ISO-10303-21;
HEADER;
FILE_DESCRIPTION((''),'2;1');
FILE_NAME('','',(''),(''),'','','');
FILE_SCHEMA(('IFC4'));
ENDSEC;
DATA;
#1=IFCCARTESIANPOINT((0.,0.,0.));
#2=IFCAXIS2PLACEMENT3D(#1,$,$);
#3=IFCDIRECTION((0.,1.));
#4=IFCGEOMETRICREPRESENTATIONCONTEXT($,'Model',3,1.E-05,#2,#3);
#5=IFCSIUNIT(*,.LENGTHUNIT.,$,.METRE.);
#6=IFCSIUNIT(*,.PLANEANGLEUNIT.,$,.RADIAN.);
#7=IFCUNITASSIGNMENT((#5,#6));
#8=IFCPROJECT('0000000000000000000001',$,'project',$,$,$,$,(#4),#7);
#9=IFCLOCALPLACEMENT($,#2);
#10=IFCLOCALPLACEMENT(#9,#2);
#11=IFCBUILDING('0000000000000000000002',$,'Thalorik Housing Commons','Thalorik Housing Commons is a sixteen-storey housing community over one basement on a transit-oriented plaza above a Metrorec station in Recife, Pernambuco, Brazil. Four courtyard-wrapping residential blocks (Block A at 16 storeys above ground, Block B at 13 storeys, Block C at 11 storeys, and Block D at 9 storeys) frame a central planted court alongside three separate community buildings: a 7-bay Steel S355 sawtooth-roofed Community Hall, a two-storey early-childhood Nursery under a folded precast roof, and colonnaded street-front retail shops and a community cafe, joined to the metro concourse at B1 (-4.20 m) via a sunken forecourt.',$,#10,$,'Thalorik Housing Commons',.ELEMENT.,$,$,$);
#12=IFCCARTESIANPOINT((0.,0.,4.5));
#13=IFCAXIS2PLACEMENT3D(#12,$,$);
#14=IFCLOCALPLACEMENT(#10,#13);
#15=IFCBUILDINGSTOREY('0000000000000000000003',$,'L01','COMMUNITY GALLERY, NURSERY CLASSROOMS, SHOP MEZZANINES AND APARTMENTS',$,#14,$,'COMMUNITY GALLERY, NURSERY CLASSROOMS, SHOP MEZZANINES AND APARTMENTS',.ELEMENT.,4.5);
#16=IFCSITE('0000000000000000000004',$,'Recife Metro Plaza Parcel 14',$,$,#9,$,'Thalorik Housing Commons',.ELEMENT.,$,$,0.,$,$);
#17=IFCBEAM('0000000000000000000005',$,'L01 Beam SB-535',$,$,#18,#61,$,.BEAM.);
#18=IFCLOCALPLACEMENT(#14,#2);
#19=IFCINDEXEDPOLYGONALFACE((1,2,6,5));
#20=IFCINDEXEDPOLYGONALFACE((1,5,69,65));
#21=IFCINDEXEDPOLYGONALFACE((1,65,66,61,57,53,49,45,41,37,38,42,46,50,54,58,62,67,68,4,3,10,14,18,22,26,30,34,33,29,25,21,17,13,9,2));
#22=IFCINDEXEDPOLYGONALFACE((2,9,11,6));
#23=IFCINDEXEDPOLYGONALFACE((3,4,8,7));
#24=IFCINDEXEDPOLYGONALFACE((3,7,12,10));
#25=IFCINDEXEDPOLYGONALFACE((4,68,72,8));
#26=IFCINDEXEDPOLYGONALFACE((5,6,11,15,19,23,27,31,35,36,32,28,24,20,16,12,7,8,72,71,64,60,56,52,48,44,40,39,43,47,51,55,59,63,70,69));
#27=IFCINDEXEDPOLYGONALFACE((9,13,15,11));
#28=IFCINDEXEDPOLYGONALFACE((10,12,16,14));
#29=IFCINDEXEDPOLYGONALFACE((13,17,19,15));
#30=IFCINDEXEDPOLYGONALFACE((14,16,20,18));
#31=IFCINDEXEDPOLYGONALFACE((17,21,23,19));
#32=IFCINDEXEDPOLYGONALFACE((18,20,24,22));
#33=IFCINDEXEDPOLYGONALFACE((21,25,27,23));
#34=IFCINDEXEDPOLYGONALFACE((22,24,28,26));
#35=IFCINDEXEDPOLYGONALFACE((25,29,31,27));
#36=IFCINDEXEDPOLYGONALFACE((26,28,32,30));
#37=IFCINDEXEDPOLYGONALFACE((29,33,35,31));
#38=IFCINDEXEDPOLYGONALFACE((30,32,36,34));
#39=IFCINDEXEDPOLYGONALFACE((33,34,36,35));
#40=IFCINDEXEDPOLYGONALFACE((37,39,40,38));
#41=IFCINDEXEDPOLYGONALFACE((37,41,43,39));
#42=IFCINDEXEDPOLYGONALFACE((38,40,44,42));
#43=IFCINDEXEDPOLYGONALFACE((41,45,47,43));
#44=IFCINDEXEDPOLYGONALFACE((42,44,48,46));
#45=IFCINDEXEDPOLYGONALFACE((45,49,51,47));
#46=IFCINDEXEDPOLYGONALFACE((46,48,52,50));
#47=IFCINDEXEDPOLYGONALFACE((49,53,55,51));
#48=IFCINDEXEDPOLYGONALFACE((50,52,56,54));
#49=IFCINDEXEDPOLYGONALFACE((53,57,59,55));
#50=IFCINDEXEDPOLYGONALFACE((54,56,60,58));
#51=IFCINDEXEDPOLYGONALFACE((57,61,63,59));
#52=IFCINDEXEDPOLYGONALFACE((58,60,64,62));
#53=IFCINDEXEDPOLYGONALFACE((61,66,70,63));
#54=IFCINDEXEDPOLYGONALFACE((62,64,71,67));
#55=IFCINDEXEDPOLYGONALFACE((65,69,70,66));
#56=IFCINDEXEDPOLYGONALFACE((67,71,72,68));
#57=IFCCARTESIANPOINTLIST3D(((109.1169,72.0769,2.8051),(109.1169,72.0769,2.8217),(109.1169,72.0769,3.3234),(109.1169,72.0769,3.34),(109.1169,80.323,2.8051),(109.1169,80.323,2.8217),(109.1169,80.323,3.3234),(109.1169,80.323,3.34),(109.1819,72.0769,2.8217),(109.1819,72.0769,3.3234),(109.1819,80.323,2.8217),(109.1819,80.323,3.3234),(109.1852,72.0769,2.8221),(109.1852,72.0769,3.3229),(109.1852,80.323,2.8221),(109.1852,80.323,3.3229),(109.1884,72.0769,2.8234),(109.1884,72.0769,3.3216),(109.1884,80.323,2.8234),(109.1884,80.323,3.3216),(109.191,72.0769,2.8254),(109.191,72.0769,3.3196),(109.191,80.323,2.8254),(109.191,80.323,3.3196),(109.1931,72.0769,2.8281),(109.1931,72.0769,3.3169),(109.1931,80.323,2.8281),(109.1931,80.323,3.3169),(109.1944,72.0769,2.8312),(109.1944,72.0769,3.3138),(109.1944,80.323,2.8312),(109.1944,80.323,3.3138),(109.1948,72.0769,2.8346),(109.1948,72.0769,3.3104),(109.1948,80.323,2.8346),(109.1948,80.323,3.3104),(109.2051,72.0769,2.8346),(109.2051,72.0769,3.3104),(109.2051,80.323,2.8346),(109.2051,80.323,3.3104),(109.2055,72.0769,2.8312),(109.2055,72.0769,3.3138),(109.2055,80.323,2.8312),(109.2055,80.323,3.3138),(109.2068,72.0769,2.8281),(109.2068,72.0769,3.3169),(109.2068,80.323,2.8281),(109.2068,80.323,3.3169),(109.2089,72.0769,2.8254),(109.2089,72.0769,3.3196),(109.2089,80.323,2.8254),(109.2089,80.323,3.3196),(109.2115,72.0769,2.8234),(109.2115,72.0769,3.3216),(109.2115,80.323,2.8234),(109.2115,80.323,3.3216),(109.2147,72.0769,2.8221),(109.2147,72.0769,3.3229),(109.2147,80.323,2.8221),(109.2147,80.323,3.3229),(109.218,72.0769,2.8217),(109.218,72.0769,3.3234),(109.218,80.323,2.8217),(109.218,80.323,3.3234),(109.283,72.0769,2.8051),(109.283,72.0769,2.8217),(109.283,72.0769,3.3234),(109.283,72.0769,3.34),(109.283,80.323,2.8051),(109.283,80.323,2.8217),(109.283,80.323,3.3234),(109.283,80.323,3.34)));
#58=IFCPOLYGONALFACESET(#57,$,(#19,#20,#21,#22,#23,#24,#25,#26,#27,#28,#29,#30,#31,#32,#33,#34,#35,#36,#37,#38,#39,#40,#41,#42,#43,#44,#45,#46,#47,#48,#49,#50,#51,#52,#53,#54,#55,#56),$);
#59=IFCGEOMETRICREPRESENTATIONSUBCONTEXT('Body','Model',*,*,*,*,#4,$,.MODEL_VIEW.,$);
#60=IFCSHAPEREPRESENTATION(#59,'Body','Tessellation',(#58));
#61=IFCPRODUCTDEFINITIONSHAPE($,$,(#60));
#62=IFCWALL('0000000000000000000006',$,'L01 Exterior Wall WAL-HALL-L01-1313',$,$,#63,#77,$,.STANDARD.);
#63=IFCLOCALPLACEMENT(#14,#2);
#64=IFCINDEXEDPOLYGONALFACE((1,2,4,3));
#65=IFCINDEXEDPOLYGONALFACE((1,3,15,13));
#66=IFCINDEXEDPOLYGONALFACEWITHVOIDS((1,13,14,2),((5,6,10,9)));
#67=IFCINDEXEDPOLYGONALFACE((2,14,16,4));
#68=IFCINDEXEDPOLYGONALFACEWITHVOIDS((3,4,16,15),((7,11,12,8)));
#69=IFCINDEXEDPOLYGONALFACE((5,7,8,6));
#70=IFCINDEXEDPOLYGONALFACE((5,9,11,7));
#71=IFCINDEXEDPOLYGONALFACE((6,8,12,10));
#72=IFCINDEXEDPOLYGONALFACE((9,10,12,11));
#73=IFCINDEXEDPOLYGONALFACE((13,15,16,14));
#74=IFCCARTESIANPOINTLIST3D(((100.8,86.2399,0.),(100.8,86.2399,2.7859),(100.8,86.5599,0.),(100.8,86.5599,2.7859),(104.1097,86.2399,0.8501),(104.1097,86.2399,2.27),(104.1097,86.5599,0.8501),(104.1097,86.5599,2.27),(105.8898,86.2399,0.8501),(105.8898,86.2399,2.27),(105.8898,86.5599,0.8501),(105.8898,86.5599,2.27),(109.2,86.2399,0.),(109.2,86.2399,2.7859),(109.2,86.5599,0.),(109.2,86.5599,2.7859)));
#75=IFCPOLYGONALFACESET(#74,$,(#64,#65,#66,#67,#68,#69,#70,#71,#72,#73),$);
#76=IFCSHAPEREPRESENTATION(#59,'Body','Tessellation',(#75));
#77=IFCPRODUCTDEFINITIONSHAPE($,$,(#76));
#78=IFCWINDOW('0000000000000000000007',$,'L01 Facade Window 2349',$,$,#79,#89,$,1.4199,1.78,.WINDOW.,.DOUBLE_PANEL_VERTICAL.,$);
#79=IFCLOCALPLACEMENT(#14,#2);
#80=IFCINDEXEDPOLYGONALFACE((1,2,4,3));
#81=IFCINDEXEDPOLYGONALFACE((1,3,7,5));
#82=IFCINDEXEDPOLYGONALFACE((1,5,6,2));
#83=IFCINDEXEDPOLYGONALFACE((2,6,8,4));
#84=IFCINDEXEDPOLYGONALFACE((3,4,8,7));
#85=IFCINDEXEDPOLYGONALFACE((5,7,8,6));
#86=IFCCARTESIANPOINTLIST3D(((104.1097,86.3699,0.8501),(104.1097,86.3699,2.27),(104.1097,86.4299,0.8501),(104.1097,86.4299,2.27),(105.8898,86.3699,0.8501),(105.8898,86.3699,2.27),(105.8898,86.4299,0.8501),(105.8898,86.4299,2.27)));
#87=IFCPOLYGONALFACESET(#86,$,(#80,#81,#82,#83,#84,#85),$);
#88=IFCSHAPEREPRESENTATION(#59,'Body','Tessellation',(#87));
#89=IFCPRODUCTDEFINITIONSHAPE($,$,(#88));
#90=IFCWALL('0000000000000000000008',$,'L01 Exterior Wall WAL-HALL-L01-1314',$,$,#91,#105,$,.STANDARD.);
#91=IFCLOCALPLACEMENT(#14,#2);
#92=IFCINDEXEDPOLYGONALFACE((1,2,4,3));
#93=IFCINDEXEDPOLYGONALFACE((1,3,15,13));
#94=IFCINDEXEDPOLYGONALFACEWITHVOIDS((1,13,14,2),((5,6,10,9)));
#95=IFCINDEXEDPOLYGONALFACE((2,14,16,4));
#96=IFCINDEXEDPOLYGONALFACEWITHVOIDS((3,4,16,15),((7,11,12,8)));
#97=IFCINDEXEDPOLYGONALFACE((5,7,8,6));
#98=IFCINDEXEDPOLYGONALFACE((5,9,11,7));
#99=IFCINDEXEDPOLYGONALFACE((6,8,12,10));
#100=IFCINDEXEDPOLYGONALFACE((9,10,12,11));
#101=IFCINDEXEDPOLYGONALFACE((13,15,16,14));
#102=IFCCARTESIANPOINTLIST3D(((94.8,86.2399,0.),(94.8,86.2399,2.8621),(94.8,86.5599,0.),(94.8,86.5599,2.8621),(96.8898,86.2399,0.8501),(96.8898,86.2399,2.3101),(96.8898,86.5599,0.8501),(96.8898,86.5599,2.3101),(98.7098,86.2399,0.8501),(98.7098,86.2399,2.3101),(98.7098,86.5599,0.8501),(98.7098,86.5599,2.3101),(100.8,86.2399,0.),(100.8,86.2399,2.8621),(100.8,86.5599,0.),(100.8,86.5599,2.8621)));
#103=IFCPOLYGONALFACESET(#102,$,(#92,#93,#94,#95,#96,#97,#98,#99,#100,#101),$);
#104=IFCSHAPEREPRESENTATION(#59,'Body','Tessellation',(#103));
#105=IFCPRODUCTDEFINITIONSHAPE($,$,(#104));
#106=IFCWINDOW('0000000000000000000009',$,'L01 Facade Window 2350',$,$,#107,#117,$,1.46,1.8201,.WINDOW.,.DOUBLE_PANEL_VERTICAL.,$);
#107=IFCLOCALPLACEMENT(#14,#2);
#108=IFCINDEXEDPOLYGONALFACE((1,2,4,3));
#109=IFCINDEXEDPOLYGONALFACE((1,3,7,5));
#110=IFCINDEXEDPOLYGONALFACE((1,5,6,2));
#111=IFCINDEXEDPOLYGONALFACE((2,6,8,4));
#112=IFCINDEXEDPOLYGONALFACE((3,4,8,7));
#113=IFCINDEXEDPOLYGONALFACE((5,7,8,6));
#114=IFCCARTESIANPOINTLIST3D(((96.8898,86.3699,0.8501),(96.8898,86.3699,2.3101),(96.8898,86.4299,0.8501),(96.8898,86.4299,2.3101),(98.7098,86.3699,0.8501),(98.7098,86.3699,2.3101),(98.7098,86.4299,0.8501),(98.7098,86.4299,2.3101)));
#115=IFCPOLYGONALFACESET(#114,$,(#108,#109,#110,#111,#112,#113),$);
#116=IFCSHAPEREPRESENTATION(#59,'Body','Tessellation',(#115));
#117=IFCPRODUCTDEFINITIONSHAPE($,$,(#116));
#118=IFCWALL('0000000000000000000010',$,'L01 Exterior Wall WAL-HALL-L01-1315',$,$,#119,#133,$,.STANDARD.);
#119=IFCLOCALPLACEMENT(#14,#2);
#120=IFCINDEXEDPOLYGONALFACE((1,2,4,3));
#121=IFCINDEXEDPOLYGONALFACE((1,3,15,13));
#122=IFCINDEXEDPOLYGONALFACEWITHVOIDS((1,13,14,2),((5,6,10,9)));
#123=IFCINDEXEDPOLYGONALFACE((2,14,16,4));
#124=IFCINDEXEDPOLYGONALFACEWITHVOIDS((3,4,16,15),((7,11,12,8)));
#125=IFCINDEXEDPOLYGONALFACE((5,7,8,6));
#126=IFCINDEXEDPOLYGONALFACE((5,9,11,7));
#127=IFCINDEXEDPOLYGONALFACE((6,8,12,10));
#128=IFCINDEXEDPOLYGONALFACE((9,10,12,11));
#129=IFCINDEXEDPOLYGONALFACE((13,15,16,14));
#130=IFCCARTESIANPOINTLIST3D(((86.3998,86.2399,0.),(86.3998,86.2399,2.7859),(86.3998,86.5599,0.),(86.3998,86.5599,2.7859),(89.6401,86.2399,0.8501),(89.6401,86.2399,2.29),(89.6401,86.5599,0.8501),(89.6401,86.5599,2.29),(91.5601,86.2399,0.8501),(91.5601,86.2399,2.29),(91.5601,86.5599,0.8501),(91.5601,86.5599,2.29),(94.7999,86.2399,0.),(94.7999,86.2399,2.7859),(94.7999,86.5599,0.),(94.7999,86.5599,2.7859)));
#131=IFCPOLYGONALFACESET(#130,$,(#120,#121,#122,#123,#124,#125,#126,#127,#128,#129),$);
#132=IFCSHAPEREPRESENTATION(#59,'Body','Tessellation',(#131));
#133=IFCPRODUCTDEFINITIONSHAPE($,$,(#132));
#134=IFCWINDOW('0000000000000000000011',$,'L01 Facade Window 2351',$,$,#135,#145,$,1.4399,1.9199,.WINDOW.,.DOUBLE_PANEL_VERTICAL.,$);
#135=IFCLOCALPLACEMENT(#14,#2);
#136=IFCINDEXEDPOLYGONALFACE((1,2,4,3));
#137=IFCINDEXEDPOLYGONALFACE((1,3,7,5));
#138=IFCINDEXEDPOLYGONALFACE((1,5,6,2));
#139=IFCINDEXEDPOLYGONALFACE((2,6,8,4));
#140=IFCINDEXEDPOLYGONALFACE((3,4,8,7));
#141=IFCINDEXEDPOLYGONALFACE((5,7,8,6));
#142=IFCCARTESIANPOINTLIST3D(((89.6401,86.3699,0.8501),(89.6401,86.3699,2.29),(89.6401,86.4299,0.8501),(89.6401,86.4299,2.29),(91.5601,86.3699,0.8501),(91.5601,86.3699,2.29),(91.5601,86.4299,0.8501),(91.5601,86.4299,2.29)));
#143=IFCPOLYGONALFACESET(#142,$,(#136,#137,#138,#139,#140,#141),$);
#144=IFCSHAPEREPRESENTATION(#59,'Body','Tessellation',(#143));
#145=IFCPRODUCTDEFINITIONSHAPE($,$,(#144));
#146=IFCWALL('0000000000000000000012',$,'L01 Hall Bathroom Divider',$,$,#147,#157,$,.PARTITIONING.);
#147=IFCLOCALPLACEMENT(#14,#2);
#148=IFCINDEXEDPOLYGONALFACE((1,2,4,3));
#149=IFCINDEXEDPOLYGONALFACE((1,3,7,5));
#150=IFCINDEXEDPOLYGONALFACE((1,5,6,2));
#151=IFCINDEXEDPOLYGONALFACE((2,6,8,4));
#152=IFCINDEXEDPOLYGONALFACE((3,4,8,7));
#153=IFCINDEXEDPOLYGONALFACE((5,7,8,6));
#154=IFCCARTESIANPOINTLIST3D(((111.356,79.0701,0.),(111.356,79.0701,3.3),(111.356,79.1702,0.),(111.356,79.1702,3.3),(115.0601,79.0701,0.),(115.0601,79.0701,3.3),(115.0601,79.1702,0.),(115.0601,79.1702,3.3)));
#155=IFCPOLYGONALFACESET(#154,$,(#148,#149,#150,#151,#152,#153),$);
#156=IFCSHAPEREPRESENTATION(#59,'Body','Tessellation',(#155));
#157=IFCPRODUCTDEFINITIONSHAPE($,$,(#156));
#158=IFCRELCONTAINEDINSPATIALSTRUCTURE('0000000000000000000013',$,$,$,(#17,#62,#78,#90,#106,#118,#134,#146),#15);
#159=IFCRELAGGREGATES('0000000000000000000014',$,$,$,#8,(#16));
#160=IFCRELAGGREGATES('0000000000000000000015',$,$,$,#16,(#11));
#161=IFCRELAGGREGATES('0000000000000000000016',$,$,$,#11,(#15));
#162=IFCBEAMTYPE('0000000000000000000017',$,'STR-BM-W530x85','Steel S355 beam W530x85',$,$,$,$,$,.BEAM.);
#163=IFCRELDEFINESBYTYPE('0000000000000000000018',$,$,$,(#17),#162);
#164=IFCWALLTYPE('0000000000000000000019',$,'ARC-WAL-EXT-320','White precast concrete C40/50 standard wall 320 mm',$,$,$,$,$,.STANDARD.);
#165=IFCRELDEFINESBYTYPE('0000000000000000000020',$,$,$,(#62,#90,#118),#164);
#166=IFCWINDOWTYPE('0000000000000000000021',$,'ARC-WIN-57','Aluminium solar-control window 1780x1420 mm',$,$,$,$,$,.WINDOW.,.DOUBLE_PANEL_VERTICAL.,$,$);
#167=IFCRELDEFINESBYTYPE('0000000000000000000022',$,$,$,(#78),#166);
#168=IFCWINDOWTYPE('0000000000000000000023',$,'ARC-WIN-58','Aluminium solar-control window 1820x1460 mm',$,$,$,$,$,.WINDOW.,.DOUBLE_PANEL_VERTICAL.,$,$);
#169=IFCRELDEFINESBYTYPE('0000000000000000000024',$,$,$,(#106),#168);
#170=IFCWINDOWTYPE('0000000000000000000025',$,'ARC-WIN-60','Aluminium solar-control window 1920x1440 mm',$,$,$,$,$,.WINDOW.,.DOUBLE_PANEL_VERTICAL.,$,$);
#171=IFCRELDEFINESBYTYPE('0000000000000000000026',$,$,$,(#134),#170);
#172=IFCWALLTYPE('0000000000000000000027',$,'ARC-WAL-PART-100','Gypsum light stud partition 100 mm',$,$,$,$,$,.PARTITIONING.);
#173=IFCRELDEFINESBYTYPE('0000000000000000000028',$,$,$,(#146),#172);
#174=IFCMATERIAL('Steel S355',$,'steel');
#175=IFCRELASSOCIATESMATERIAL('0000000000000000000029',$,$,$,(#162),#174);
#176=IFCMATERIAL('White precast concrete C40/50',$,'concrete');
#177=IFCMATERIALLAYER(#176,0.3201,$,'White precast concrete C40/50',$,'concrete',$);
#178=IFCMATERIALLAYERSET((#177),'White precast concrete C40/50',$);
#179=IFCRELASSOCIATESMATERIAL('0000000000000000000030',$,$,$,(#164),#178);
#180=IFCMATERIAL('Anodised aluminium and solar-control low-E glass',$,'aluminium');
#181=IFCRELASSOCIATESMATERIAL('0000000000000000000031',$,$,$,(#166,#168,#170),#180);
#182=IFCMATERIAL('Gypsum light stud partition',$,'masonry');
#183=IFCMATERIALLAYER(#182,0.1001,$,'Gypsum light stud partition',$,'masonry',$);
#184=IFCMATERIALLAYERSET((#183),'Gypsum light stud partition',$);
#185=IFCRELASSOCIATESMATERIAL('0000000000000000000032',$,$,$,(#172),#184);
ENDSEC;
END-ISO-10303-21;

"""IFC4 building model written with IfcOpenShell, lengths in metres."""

from ifc_helpers import new_model, si_unit, direction, frame, frame_2d, origin, origin_2d, place, context, subcontext, project, spatial, rectangle, i_section, extrude, material, layer, layer_set, material_profile, profile_set, type_object, element, fill, save


model = new_model("IFC4")

# Units and contexts
model_context = context("Model", 3, precision=1e-05, world=origin(), true_north=direction((0.0, 1.0)))
body_context = subcontext(model_context, "Body", "Model", "MODEL_VIEW")
ifc_project = project(units=[si_unit("LENGTHUNIT", "METRE"), si_unit("PLANEANGLEUNIT", "RADIAN")], contexts=[model_context])

# Site, building, storey
site_placement = place(None, origin())
site = spatial("IfcSite", under=ifc_project, at=site_placement, Name="Recife Metro Plaza Parcel 14", LongName="Thalorik Housing Commons", CompositionType="ELEMENT", RefElevation=0.0)
building_placement = place(site_placement, origin())
building = spatial("IfcBuilding", under=site, at=building_placement, Name="Thalorik Housing Commons", Description="Thalorik Housing Commons is a sixteen-storey housing community over one basement on a transit-oriented plaza above a Metrorec station in Recife, Pernambuco, Brazil. Four courtyard-wrapping residential blocks (Block A at 16 storeys above ground, Block B at 13 storeys, Block C at 11 storeys, and Block D at 9 storeys) frame a central planted court alongside three separate community buildings: a 7-bay Steel S355 sawtooth-roofed Community Hall, a two-storey early-childhood Nursery under a folded precast roof, and colonnaded street-front retail shops and a community cafe, joined to the metro concourse at B1 (-4.20 m) via a sunken forecourt.", LongName="Thalorik Housing Commons", CompositionType="ELEMENT")
storey_placement = place(building_placement, frame((0.0, 0.0, 4.5)))
storey = spatial("IfcBuildingStorey", under=building, at=storey_placement, Name="L01", Description="COMMUNITY GALLERY, NURSERY CLASSROOMS, SHOP MEZZANINES AND APARTMENTS", LongName="COMMUNITY GALLERY, NURSERY CLASSROOMS, SHOP MEZZANINES AND APARTMENTS", CompositionType="ELEMENT", Elevation=4.5)

# Shared definitions
ifc_material_1 = material(Name="Steel S355", Category="steel")

# Beam
ifc_material_profile_1 = material_profile(ifc_material_1, i_section(OverallWidth=0.166, OverallDepth=0.5349, WebThickness=0.0103, FlangeThickness=0.0166, FilletRadius=0.0129, at=origin_2d()), Name="W530x85", Category="steel")
ifc_profile_set_1 = profile_set([ifc_material_profile_1], Name="Steel S355")
beam_type_1 = type_object("IfcBeamType", Name="STR-BM-W530x85", Description="Steel S355 beam W530x85", PredefinedType="BEAM", material=ifc_profile_set_1)
beam_1_placement = place(storey_placement, frame((109.2, 72.0769, 3.0725), z_axis=(0.0, 1.0, 0.0), x_axis=(-1.0, 0.0, 0.0)))
element("IfcBeam", 1, at=beam_1_placement, inside=storey, type_object=beam_type_1, Name="L01 Beam SB-535", PredefinedType="BEAM", context=body_context, shape_type="SweptSolid", body=[
    extrude(i_section(OverallWidth=0.166, OverallDepth=0.5349, WebThickness=0.0103, FlangeThickness=0.0166, FilletRadius=0.0129, at=origin_2d()), origin(), (0.0, 0.0, 1.0), 8.2461),
])

# Walls, openings, windows
ifc_material_2 = material(Name="White precast concrete C40/50", Category="concrete")
ifc_layer_1 = layer(ifc_material_2, 0.3201, Name="White precast concrete C40/50", Category="concrete")
ifc_layer_set_1 = layer_set([ifc_layer_1], Name="White precast concrete C40/50")
wall_type_1 = type_object("IfcWallType", Name="ARC-WAL-EXT-320", Description="White precast concrete C40/50 standard wall 320 mm", PredefinedType="STANDARD", material=ifc_layer_set_1)
wall_1_placement = place(storey_placement, frame((109.2, 86.3999, 0.0), z_axis=(0.0, 0.0, 1.0), x_axis=(-1.0, 0.0, 0.0)))
wall_1 = element("IfcWall", 2, at=wall_1_placement, inside=storey, type_object=wall_type_1, Name="L01 Exterior Wall WAL-HALL-L01-1313", PredefinedType="STANDARD", context=body_context, shape_type="SweptSolid", body=[
    extrude(rectangle(XDim=8.3999, YDim=0.3201, at=frame_2d((4.2, 0.0))), origin(), (0.0, 0.0, 1.0), 2.7859),
])
opening_1_placement = place(wall_1_placement, frame((3.3101, 0.0, 0.8501)))
opening_1 = element("IfcOpeningElement", 3, at=opening_1_placement, cuts=wall_1, PredefinedType="OPENING", context=body_context, shape_type="SweptSolid", body=[
    extrude(rectangle(XDim=1.78, YDim=1.4199, at=frame_2d((0.8901, 0.71))), frame((0.0, 0.1699, 0.0), z_axis=(0.0, -1.0, 0.0), x_axis=(1.0, 0.0, 0.0)), (0.0, 0.0, 1.0), 0.3401),
])
ifc_material_3 = material(Name="Anodised aluminium and solar-control low-E glass", Category="aluminium")
window_type_1 = type_object("IfcWindowType", Name="ARC-WIN-57", Description="Aluminium solar-control window 1780x1420 mm", PartitioningType="DOUBLE_PANEL_VERTICAL", PredefinedType="WINDOW", material=ifc_material_3)
window_1_placement = place(opening_1_placement, origin())
window_1 = element("IfcWindow", 4, at=window_1_placement, inside=storey, type_object=window_type_1, Name="L01 Facade Window 2349", OverallHeight=1.4199, OverallWidth=1.78, PartitioningType="DOUBLE_PANEL_VERTICAL", PredefinedType="WINDOW", context=body_context, shape_type="SweptSolid", body=[
    extrude(rectangle(XDim=1.78, YDim=1.4199, at=frame_2d((0.8901, 0.71))), frame((0.0, 0.03, 0.0), z_axis=(0.0, -1.0, 0.0), x_axis=(1.0, 0.0, 0.0)), (0.0, 0.0, 1.0), 0.0601),
])
fill(opening_1, window_1)
wall_2_placement = place(storey_placement, frame((100.8, 86.3999, 0.0), z_axis=(0.0, 0.0, 1.0), x_axis=(-1.0, 0.0, 0.0)))
wall_2 = element("IfcWall", 5, at=wall_2_placement, inside=storey, type_object=wall_type_1, Name="L01 Exterior Wall WAL-HALL-L01-1314", PredefinedType="STANDARD", context=body_context, shape_type="SweptSolid", body=[
    extrude(rectangle(XDim=6.0, YDim=0.3201, at=frame_2d((3.0, 0.0))), origin(), (0.0, 0.0, 1.0), 2.8621),
])
opening_2_placement = place(wall_2_placement, frame((2.0901, 0.0, 0.8501)))
opening_2 = element("IfcOpeningElement", 6, at=opening_2_placement, cuts=wall_2, PredefinedType="OPENING", context=body_context, shape_type="SweptSolid", body=[
    extrude(rectangle(XDim=1.8201, YDim=1.46, at=frame_2d((0.9102, 0.73))), frame((0.0, 0.1699, 0.0), z_axis=(0.0, -1.0, 0.0), x_axis=(1.0, 0.0, 0.0)), (0.0, 0.0, 1.0), 0.3401),
])
window_type_2 = type_object("IfcWindowType", Name="ARC-WIN-58", Description="Aluminium solar-control window 1820x1460 mm", PartitioningType="DOUBLE_PANEL_VERTICAL", PredefinedType="WINDOW", material=ifc_material_3)
window_2_placement = place(opening_2_placement, origin())
window_2 = element("IfcWindow", 7, at=window_2_placement, inside=storey, type_object=window_type_2, Name="L01 Facade Window 2350", OverallHeight=1.46, OverallWidth=1.8201, PartitioningType="DOUBLE_PANEL_VERTICAL", PredefinedType="WINDOW", context=body_context, shape_type="SweptSolid", body=[
    extrude(rectangle(XDim=1.8201, YDim=1.46, at=frame_2d((0.9102, 0.73))), frame((0.0, 0.03, 0.0), z_axis=(0.0, -1.0, 0.0), x_axis=(1.0, 0.0, 0.0)), (0.0, 0.0, 1.0), 0.0601),
])
fill(opening_2, window_2)
wall_3_placement = place(storey_placement, frame((94.8, 86.3999, 0.0), z_axis=(0.0, 0.0, 1.0), x_axis=(-1.0, 0.0, 0.0)))
wall_3 = element("IfcWall", 8, at=wall_3_placement, inside=storey, type_object=wall_type_1, Name="L01 Exterior Wall WAL-HALL-L01-1315", PredefinedType="STANDARD", context=body_context, shape_type="SweptSolid", body=[
    extrude(rectangle(XDim=8.4001, YDim=0.3201, at=frame_2d((4.2002, 0.0))), origin(), (0.0, 0.0, 1.0), 2.7859),
])
opening_3_placement = place(wall_3_placement, frame((3.24, 0.0, 0.8501)))
opening_3 = element("IfcOpeningElement", 9, at=opening_3_placement, cuts=wall_3, PredefinedType="OPENING", context=body_context, shape_type="SweptSolid", body=[
    extrude(rectangle(XDim=1.9199, YDim=1.4399, at=frame_2d((0.96, 0.72))), frame((0.0, 0.1699, 0.0), z_axis=(0.0, -1.0, 0.0), x_axis=(1.0, 0.0, 0.0)), (0.0, 0.0, 1.0), 0.3401),
])
window_type_3 = type_object("IfcWindowType", Name="ARC-WIN-60", Description="Aluminium solar-control window 1920x1440 mm", PartitioningType="DOUBLE_PANEL_VERTICAL", PredefinedType="WINDOW", material=ifc_material_3)
window_3_placement = place(opening_3_placement, origin())
window_3 = element("IfcWindow", 10, at=window_3_placement, inside=storey, type_object=window_type_3, Name="L01 Facade Window 2351", OverallHeight=1.4399, OverallWidth=1.9199, PartitioningType="DOUBLE_PANEL_VERTICAL", PredefinedType="WINDOW", context=body_context, shape_type="SweptSolid", body=[
    extrude(rectangle(XDim=1.9199, YDim=1.4399, at=frame_2d((0.96, 0.72))), frame((0.0, 0.03, 0.0), z_axis=(0.0, -1.0, 0.0), x_axis=(1.0, 0.0, 0.0)), (0.0, 0.0, 1.0), 0.0601),
])
fill(opening_3, window_3)

# Wall
ifc_material_4 = material(Name="Gypsum light stud partition", Category="masonry")
ifc_layer_2 = layer(ifc_material_4, 0.1001, Name="Gypsum light stud partition", Category="masonry")
ifc_layer_set_2 = layer_set([ifc_layer_2], Name="Gypsum light stud partition")
wall_type_2 = type_object("IfcWallType", Name="ARC-WAL-PART-100", Description="Gypsum light stud partition 100 mm", PredefinedType="PARTITIONING", material=ifc_layer_set_2)
wall_4_placement = place(storey_placement, frame((111.356, 79.1201, 0.0), z_axis=(0.0, 0.0, 1.0), x_axis=(1.0, 0.0, 0.0)))
element("IfcWall", 11, at=wall_4_placement, inside=storey, type_object=wall_type_2, Name="L01 Hall Bathroom Divider", PredefinedType="PARTITIONING", context=body_context, shape_type="SweptSolid", body=[
    extrude(rectangle(XDim=3.7041, YDim=0.1001, at=frame_2d((1.8521, 0.0))), origin(), (0.0, 0.0, 1.0), 3.3),
])

save(model, "model.ifc")
